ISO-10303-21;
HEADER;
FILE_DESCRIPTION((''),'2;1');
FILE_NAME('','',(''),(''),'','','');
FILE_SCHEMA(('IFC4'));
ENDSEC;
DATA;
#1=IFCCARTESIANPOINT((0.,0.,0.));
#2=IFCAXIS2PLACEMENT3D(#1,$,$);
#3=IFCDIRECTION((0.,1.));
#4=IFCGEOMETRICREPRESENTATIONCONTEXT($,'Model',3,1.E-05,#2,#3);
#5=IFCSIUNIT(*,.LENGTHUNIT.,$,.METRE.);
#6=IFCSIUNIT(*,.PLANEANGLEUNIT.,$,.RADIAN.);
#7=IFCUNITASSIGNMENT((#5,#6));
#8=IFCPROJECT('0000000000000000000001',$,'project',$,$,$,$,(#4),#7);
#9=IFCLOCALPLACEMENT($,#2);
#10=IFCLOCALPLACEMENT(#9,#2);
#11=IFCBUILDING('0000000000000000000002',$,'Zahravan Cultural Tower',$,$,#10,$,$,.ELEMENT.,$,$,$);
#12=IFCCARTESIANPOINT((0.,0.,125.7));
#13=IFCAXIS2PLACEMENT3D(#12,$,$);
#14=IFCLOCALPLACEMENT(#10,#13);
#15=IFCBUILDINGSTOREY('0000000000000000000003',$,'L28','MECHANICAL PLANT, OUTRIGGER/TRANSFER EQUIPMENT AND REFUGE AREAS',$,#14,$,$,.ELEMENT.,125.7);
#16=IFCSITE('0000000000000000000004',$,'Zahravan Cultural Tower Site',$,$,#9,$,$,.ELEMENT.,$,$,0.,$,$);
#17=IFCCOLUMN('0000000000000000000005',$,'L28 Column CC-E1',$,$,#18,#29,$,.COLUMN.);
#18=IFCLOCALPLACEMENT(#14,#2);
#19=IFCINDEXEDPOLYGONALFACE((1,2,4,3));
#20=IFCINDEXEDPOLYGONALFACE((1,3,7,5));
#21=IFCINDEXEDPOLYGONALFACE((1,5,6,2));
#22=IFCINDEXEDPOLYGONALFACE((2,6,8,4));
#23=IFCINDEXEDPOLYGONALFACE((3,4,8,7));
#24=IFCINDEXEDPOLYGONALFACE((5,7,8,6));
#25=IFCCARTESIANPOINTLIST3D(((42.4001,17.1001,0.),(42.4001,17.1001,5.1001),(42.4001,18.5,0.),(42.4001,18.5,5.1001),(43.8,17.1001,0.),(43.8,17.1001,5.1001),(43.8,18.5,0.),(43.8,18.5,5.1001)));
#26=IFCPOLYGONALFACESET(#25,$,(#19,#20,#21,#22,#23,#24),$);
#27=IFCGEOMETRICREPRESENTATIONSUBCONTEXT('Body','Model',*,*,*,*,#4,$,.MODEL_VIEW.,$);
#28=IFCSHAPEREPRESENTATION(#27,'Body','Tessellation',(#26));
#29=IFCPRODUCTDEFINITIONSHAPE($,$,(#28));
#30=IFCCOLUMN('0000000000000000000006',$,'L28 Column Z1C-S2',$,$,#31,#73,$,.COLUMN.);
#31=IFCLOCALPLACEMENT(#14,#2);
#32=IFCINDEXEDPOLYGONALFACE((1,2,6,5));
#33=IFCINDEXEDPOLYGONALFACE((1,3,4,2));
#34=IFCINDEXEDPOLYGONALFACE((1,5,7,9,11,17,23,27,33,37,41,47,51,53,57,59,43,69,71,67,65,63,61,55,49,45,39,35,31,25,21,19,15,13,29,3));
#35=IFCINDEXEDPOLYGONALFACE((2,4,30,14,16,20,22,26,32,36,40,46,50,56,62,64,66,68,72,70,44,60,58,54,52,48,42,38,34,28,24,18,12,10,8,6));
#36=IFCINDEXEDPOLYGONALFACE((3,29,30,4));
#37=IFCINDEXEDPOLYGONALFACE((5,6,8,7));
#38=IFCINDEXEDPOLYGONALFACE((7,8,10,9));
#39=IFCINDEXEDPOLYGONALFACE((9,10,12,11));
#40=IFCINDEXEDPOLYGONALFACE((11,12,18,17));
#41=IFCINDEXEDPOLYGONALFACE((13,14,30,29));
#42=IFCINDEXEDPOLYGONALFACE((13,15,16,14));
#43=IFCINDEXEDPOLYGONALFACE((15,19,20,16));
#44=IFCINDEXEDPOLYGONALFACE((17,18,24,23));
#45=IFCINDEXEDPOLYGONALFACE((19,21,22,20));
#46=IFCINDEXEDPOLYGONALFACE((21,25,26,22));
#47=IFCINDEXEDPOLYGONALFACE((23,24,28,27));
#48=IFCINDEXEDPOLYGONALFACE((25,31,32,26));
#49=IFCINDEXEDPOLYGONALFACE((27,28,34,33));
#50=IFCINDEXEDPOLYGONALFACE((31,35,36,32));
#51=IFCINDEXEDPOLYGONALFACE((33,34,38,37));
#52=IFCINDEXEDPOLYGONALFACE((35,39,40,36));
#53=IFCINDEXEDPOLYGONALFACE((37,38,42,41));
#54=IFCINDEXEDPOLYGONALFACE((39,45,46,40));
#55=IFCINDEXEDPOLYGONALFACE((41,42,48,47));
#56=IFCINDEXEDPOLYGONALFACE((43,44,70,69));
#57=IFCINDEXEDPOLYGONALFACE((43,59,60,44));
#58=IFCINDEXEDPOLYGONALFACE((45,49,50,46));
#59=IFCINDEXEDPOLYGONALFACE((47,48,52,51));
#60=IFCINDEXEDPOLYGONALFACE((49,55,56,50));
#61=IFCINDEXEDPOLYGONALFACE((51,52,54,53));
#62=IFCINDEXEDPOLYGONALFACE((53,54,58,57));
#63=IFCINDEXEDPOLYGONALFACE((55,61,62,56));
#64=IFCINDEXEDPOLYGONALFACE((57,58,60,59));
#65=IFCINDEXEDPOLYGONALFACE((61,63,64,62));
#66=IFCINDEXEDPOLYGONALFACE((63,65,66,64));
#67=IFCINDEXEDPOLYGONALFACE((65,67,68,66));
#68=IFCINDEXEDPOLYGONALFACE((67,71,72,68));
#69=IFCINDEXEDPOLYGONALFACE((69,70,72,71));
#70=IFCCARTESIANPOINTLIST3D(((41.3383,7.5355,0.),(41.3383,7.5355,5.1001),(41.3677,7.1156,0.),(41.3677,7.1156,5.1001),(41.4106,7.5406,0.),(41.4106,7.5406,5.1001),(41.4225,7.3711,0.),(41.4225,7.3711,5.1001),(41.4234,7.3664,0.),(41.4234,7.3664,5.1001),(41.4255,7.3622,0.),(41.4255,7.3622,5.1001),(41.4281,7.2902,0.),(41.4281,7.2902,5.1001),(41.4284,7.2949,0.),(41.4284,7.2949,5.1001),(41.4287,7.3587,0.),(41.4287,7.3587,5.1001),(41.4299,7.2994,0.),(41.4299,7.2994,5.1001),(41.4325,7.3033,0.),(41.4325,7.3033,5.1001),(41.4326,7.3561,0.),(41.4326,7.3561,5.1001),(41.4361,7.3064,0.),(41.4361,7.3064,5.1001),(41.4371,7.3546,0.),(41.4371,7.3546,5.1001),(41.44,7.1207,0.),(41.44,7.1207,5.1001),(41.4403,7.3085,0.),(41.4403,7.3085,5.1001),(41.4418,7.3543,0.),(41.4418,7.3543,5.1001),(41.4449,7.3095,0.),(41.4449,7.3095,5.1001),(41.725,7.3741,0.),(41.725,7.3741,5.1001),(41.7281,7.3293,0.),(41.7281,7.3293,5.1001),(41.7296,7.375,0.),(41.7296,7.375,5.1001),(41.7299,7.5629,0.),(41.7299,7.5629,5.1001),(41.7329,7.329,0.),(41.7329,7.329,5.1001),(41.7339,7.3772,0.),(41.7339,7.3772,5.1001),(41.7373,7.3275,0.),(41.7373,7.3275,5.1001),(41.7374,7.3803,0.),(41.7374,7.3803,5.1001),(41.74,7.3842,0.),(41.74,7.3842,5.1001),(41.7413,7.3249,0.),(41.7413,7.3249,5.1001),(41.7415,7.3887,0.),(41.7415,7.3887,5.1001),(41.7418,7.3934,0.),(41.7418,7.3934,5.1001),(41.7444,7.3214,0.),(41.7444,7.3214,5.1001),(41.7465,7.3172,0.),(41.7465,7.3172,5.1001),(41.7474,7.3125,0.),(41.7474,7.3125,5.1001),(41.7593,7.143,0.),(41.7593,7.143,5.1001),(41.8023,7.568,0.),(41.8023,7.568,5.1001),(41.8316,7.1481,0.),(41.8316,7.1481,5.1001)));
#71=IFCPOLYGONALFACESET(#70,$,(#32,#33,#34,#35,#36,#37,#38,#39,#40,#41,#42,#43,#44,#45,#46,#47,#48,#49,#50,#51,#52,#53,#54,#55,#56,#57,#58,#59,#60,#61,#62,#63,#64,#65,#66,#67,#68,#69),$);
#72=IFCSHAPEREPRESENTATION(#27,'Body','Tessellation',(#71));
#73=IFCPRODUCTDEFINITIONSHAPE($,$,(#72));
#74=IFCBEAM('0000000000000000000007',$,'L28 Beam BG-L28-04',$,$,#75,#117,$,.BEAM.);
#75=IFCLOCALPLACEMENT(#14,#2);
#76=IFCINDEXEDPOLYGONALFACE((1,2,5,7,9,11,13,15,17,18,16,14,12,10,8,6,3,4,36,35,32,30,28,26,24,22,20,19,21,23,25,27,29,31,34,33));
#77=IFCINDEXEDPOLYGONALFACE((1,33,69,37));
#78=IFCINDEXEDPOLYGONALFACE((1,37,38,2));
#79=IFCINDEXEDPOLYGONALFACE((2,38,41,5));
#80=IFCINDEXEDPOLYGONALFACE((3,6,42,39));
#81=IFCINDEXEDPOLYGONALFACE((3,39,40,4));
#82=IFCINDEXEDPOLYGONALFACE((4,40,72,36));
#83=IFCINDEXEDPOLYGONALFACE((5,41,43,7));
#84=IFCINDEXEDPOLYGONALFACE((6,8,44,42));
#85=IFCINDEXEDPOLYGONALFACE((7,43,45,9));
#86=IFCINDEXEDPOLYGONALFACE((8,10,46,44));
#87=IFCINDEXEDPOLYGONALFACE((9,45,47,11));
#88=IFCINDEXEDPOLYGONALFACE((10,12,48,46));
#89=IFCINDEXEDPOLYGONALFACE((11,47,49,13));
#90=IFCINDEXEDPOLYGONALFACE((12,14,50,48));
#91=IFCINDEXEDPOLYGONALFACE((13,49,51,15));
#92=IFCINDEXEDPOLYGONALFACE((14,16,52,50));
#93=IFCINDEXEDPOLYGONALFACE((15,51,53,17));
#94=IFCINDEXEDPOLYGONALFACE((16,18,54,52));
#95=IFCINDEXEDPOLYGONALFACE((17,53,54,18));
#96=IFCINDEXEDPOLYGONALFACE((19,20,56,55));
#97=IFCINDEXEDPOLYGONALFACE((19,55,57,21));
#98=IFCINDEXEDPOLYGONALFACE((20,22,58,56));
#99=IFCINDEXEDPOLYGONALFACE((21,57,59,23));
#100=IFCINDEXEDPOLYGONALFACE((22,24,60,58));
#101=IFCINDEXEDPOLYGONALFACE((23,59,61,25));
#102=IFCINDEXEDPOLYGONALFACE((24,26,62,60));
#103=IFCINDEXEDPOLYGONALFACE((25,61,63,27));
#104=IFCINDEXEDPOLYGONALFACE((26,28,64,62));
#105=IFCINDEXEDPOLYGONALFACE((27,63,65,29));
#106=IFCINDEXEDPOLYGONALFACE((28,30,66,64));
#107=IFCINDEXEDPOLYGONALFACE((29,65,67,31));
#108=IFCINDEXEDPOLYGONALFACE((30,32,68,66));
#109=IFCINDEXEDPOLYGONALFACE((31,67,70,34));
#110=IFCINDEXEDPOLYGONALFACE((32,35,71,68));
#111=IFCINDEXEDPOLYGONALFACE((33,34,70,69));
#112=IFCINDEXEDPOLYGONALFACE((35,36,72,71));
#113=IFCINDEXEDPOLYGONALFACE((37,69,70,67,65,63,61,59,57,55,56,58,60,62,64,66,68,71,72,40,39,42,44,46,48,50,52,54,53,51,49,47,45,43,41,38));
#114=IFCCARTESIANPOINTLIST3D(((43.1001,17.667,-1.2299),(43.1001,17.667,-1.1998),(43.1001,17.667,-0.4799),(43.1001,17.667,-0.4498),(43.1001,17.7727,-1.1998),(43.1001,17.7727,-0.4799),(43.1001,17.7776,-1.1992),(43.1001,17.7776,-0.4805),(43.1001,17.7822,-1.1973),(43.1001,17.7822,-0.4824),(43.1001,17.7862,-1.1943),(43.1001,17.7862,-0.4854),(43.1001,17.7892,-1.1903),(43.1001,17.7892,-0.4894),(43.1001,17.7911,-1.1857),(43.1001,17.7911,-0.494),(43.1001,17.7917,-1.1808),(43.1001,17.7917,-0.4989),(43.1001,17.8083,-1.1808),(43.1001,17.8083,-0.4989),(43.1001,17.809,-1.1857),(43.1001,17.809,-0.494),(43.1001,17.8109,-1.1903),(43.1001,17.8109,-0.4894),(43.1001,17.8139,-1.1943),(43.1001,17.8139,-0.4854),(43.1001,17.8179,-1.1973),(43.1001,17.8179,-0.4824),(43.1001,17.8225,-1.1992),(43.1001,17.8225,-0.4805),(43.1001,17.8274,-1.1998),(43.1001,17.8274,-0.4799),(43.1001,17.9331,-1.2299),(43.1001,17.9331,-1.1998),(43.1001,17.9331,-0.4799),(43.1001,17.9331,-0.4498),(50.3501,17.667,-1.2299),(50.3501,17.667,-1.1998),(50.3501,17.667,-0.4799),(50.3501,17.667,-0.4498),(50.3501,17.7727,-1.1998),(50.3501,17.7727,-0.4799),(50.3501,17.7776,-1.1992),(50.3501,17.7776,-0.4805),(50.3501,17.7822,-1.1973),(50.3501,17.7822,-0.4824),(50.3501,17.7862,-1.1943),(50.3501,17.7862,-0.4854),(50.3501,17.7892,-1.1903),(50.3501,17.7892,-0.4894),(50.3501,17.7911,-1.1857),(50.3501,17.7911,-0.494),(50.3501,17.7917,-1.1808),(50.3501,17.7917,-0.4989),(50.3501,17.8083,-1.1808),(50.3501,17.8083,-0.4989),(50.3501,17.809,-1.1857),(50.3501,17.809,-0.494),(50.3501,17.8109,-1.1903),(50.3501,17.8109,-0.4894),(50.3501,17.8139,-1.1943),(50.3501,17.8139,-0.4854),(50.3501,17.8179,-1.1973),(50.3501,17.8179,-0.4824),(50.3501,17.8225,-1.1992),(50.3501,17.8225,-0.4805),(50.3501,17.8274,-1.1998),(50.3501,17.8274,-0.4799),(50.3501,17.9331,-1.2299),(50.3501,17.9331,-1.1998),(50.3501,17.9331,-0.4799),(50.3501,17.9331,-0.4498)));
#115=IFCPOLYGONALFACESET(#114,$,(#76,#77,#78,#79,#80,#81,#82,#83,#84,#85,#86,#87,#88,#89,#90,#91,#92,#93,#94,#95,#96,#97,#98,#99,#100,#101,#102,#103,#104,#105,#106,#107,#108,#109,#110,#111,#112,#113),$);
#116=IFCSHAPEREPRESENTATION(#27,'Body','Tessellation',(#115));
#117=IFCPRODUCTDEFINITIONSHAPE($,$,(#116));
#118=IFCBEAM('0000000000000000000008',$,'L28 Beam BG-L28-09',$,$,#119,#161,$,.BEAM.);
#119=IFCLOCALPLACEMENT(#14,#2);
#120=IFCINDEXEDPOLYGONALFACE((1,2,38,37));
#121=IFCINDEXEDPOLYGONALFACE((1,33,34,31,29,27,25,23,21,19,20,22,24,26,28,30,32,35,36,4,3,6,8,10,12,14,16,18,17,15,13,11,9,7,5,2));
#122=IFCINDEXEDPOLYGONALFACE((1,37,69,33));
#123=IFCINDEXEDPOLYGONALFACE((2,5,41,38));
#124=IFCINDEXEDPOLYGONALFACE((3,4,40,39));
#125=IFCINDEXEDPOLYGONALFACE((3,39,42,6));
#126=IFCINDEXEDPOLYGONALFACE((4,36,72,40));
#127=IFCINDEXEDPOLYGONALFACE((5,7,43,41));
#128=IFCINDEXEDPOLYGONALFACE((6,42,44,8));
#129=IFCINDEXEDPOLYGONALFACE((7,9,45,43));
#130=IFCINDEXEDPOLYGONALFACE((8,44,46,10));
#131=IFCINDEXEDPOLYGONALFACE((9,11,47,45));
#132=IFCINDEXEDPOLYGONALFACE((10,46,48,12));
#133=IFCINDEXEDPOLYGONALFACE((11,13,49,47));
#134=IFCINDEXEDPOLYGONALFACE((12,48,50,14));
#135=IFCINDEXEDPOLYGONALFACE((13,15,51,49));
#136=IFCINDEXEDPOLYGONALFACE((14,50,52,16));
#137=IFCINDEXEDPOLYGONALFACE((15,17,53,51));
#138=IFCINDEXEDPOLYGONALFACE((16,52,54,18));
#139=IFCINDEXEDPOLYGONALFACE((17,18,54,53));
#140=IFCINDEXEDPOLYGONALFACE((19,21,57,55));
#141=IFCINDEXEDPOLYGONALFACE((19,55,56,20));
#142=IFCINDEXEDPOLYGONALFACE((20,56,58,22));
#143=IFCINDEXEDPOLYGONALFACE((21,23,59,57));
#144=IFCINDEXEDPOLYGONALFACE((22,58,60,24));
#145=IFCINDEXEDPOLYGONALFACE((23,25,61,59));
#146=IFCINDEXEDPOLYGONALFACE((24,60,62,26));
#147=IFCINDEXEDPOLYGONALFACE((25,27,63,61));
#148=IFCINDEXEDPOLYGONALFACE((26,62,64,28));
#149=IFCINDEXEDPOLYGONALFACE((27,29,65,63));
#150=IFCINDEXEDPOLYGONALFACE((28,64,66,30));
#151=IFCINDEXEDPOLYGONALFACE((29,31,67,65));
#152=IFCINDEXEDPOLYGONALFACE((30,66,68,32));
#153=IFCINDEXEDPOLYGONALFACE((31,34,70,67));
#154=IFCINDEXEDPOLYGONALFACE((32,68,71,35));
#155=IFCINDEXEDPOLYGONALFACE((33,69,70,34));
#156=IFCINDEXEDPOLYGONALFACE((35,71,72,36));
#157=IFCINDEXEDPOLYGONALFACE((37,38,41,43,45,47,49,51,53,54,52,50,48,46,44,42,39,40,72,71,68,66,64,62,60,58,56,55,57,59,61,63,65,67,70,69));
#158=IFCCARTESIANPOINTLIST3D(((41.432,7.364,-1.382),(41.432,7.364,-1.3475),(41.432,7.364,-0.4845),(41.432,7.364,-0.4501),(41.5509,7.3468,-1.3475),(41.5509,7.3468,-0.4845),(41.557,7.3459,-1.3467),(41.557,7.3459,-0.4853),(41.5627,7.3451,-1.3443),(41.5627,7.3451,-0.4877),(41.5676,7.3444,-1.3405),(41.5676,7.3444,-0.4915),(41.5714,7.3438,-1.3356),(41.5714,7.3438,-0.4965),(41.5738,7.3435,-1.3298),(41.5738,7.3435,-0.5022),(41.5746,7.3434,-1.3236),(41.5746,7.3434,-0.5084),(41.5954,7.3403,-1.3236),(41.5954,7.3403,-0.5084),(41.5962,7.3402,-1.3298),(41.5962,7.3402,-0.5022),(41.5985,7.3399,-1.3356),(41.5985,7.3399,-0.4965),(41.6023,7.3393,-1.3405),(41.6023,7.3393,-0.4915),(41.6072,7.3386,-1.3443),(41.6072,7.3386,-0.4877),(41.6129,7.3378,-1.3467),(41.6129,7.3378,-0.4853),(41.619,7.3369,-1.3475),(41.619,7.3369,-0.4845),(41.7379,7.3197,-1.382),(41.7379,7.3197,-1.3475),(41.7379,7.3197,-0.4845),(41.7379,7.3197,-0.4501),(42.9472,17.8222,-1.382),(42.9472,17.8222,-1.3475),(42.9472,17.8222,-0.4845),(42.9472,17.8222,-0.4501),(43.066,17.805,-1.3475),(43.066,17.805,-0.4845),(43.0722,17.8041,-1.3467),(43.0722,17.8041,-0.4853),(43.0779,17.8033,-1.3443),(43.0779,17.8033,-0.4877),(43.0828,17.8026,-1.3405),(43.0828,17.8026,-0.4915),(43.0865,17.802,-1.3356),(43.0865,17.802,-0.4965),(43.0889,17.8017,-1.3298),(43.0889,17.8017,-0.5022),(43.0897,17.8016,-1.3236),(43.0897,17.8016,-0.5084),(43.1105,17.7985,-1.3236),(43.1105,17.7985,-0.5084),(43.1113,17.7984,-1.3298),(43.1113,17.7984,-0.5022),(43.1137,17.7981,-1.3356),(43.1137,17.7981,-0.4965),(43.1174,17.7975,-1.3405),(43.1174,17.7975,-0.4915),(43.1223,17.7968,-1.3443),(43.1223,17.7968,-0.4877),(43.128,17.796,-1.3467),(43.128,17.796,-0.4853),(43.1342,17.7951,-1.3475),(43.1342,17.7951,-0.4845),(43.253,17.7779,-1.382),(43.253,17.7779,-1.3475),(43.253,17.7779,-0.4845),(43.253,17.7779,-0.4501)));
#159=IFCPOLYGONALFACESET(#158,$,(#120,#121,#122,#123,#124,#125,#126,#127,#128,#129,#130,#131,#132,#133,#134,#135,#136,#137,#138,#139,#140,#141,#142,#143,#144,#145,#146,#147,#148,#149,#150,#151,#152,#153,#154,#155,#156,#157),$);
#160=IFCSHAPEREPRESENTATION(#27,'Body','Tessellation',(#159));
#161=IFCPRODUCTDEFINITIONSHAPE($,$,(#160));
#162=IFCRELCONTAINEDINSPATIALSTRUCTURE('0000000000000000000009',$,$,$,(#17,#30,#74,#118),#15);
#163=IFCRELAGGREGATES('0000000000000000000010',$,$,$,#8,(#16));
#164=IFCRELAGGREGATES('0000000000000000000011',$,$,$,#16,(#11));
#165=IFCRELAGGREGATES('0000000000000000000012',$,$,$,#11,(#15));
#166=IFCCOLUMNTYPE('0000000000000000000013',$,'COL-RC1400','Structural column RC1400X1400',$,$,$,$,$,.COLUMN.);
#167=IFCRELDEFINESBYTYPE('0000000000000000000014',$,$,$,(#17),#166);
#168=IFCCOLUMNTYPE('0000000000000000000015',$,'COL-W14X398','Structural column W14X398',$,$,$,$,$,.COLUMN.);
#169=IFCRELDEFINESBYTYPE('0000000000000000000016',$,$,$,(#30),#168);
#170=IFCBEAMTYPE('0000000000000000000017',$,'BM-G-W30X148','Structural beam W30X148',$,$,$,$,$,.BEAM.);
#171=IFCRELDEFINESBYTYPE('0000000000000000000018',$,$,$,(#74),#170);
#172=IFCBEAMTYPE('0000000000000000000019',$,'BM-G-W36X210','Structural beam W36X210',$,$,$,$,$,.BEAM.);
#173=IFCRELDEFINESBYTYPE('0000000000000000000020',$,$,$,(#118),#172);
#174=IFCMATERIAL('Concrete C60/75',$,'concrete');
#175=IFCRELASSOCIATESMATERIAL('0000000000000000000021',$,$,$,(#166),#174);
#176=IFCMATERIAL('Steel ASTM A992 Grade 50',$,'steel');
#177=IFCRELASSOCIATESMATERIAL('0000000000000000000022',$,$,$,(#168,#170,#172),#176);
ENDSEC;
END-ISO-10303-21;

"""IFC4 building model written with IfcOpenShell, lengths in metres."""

from ifc_helpers import new_model, si_unit, direction, frame, origin, origin_2d, place, context, subcontext, project, spatial, rectangle, i_section, extrude, source, transform, mapped, material, material_profile, profile_set, type_object, element, save


model = new_model("IFC4")

# Units and contexts
model_context = context("Model", 3, precision=1e-05, world=origin(), true_north=direction((0.0, 1.0)))
body_context = subcontext(model_context, "Body", "Model", "MODEL_VIEW")
ifc_project = project(units=[si_unit("LENGTHUNIT", "METRE"), si_unit("PLANEANGLEUNIT", "RADIAN")], contexts=[model_context])

# Site, building, storey
site_placement = place(None, origin())
site = spatial("IfcSite", under=ifc_project, at=site_placement, Name="Zahravan Cultural Tower Site", CompositionType="ELEMENT", RefElevation=0.0)
building_placement = place(site_placement, origin())
building = spatial("IfcBuilding", under=site, at=building_placement, Name="Zahravan Cultural Tower", CompositionType="ELEMENT")
storey_placement = place(building_placement, frame((0.0, 0.0, 125.7)))
storey = spatial("IfcBuildingStorey", under=building, at=storey_placement, Name="L28", Description="MECHANICAL PLANT, OUTRIGGER/TRANSFER EQUIPMENT AND REFUGE AREAS", CompositionType="ELEMENT", Elevation=125.7)

# Columns
ifc_material_1 = material(Name="Concrete C60/75", Category="concrete")
ifc_material_profile_1 = material_profile(ifc_material_1, rectangle(XDim=1.3999, YDim=1.3999, at=origin_2d()), Name="RC1400X1400")
ifc_profile_set_1 = profile_set([ifc_material_profile_1], Name="Concrete C60/75")
column_type_1 = type_object("IfcColumnType", Name="COL-RC1400", Description="Structural column RC1400X1400", PredefinedType="COLUMN", material=ifc_profile_set_1)
shared_shape_1 = source(origin(), body_context, "Body", "SweptSolid", [
    extrude(rectangle(XDim=1.3999, YDim=1.3999, at=origin_2d()), origin(), (0.0, 0.0, 1.0), 5.1001),
])
column_1_placement = place(storey_placement, frame((43.1001, 17.8, 0.0), z_axis=(0.0, 0.0, 1.0), x_axis=(1.0, 0.0, 0.0)))
element("IfcColumn", 1, at=column_1_placement, inside=storey, type_object=column_type_1, Name="L28 Column CC-E1", PredefinedType="COLUMN", context=body_context, shape_type="MappedRepresentation", body=[
    mapped(shared_shape_1, transform((0.0, 0.0, 0.0), x_axis=(1.0, 0.0, 0.0), y_axis=(0.0, 1.0, 0.0), z_axis=(0.0, 0.0, 1.0), scale=1.0)),
])
ifc_material_2 = material(Name="Steel ASTM A992 Grade 50", Category="steel")
ifc_material_profile_2 = material_profile(ifc_material_2, i_section(OverallWidth=0.4209, OverallDepth=0.4651, WebThickness=0.0449, FlangeThickness=0.0725, FilletRadius=0.0181, at=origin_2d()), Name="W14X398")
ifc_profile_set_2 = profile_set([ifc_material_profile_2], Name="Steel ASTM A992 Grade 50")
column_type_2 = type_object("IfcColumnType", Name="COL-W14X398", Description="Structural column W14X398", PredefinedType="COLUMN", material=ifc_profile_set_2)
shared_shape_2 = source(origin(), body_context, "Body", "SweptSolid", [
    extrude(i_section(OverallWidth=0.4209, OverallDepth=0.4651, WebThickness=0.0449, FlangeThickness=0.0725, FilletRadius=0.0181, at=origin_2d()), origin(), (0.0, 0.0, 1.0), 5.1001),
])
column_2_placement = place(storey_placement, frame((41.585, 7.3418, 0.0), z_axis=(0.0, 0.0, 1.0), x_axis=(-0.069756, 0.997564, 0.0)))
element("IfcColumn", 2, at=column_2_placement, inside=storey, type_object=column_type_2, Name="L28 Column Z1C-S2", PredefinedType="COLUMN", context=body_context, shape_type="MappedRepresentation", body=[
    mapped(shared_shape_2, transform((0.0, 0.0, 0.0), x_axis=(1.0, 0.0, 0.0), y_axis=(0.0, 1.0, 0.0), z_axis=(0.0, 0.0, 1.0), scale=1.0)),
])

# Beams
ifc_material_profile_3 = material_profile(ifc_material_2, i_section(OverallWidth=0.2661, OverallDepth=0.78, WebThickness=0.0166, FlangeThickness=0.03, FilletRadius=0.019, at=origin_2d()), Name="W30X148")
ifc_profile_set_3 = profile_set([ifc_material_profile_3], Name="Steel ASTM A992 Grade 50")
beam_type_1 = type_object("IfcBeamType", Name="BM-G-W30X148", Description="Structural beam W30X148", PredefinedType="BEAM", material=ifc_profile_set_3)
shared_shape_3 = source(origin(), body_context, "Body", "SweptSolid", [
    extrude(i_section(OverallWidth=0.2661, OverallDepth=0.78, WebThickness=0.0166, FlangeThickness=0.03, FilletRadius=0.019, at=origin_2d()), origin(), (0.0, 0.0, 1.0), 7.25),
])
beam_1_placement = place(storey_placement, frame((43.1001, 17.8, -0.8398), z_axis=(1.0, 0.0, 0.0), x_axis=(0.0, 1.0, 0.0)))
element("IfcBeam", 3, at=beam_1_placement, inside=storey, type_object=beam_type_1, Name="L28 Beam BG-L28-04", PredefinedType="BEAM", context=body_context, shape_type="MappedRepresentation", body=[
    mapped(shared_shape_3, transform((0.0, 0.0, 0.0), x_axis=(1.0, 0.0, 0.0), y_axis=(0.0, 1.0, 0.0), z_axis=(0.0, 0.0, 1.0), scale=1.0)),
])
ifc_material_profile_4 = material_profile(ifc_material_2, i_section(OverallWidth=0.3091, OverallDepth=0.9319, WebThickness=0.021, FlangeThickness=0.0344, FilletRadius=0.0239, at=origin_2d()), Name="W36X210")
ifc_profile_set_4 = profile_set([ifc_material_profile_4], Name="Steel ASTM A992 Grade 50")
beam_type_2 = type_object("IfcBeamType", Name="BM-G-W36X210", Description="Structural beam W36X210", PredefinedType="BEAM", material=ifc_profile_set_4)
shared_shape_4 = source(origin(), body_context, "Body", "SweptSolid", [
    extrude(i_section(OverallWidth=0.3091, OverallDepth=0.9319, WebThickness=0.021, FlangeThickness=0.0344, FilletRadius=0.0239, at=origin_2d()), origin(), (0.0, 0.0, 1.0), 10.5674),
])
beam_2_placement = place(storey_placement, frame((43.1001, 17.8, -0.916), z_axis=(-0.143378, -0.989668, 0.0), x_axis=(0.989668, -0.143378, 0.0)))
element("IfcBeam", 4, at=beam_2_placement, inside=storey, type_object=beam_type_2, Name="L28 Beam BG-L28-09", PredefinedType="BEAM", context=body_context, shape_type="MappedRepresentation", body=[
    mapped(shared_shape_4, transform((0.0, 0.0, 0.0), x_axis=(1.0, 0.0, 0.0), y_axis=(0.0, 1.0, 0.0), z_axis=(0.0, 0.0, 1.0), scale=1.0)),
])

save(model, "model.ifc")
